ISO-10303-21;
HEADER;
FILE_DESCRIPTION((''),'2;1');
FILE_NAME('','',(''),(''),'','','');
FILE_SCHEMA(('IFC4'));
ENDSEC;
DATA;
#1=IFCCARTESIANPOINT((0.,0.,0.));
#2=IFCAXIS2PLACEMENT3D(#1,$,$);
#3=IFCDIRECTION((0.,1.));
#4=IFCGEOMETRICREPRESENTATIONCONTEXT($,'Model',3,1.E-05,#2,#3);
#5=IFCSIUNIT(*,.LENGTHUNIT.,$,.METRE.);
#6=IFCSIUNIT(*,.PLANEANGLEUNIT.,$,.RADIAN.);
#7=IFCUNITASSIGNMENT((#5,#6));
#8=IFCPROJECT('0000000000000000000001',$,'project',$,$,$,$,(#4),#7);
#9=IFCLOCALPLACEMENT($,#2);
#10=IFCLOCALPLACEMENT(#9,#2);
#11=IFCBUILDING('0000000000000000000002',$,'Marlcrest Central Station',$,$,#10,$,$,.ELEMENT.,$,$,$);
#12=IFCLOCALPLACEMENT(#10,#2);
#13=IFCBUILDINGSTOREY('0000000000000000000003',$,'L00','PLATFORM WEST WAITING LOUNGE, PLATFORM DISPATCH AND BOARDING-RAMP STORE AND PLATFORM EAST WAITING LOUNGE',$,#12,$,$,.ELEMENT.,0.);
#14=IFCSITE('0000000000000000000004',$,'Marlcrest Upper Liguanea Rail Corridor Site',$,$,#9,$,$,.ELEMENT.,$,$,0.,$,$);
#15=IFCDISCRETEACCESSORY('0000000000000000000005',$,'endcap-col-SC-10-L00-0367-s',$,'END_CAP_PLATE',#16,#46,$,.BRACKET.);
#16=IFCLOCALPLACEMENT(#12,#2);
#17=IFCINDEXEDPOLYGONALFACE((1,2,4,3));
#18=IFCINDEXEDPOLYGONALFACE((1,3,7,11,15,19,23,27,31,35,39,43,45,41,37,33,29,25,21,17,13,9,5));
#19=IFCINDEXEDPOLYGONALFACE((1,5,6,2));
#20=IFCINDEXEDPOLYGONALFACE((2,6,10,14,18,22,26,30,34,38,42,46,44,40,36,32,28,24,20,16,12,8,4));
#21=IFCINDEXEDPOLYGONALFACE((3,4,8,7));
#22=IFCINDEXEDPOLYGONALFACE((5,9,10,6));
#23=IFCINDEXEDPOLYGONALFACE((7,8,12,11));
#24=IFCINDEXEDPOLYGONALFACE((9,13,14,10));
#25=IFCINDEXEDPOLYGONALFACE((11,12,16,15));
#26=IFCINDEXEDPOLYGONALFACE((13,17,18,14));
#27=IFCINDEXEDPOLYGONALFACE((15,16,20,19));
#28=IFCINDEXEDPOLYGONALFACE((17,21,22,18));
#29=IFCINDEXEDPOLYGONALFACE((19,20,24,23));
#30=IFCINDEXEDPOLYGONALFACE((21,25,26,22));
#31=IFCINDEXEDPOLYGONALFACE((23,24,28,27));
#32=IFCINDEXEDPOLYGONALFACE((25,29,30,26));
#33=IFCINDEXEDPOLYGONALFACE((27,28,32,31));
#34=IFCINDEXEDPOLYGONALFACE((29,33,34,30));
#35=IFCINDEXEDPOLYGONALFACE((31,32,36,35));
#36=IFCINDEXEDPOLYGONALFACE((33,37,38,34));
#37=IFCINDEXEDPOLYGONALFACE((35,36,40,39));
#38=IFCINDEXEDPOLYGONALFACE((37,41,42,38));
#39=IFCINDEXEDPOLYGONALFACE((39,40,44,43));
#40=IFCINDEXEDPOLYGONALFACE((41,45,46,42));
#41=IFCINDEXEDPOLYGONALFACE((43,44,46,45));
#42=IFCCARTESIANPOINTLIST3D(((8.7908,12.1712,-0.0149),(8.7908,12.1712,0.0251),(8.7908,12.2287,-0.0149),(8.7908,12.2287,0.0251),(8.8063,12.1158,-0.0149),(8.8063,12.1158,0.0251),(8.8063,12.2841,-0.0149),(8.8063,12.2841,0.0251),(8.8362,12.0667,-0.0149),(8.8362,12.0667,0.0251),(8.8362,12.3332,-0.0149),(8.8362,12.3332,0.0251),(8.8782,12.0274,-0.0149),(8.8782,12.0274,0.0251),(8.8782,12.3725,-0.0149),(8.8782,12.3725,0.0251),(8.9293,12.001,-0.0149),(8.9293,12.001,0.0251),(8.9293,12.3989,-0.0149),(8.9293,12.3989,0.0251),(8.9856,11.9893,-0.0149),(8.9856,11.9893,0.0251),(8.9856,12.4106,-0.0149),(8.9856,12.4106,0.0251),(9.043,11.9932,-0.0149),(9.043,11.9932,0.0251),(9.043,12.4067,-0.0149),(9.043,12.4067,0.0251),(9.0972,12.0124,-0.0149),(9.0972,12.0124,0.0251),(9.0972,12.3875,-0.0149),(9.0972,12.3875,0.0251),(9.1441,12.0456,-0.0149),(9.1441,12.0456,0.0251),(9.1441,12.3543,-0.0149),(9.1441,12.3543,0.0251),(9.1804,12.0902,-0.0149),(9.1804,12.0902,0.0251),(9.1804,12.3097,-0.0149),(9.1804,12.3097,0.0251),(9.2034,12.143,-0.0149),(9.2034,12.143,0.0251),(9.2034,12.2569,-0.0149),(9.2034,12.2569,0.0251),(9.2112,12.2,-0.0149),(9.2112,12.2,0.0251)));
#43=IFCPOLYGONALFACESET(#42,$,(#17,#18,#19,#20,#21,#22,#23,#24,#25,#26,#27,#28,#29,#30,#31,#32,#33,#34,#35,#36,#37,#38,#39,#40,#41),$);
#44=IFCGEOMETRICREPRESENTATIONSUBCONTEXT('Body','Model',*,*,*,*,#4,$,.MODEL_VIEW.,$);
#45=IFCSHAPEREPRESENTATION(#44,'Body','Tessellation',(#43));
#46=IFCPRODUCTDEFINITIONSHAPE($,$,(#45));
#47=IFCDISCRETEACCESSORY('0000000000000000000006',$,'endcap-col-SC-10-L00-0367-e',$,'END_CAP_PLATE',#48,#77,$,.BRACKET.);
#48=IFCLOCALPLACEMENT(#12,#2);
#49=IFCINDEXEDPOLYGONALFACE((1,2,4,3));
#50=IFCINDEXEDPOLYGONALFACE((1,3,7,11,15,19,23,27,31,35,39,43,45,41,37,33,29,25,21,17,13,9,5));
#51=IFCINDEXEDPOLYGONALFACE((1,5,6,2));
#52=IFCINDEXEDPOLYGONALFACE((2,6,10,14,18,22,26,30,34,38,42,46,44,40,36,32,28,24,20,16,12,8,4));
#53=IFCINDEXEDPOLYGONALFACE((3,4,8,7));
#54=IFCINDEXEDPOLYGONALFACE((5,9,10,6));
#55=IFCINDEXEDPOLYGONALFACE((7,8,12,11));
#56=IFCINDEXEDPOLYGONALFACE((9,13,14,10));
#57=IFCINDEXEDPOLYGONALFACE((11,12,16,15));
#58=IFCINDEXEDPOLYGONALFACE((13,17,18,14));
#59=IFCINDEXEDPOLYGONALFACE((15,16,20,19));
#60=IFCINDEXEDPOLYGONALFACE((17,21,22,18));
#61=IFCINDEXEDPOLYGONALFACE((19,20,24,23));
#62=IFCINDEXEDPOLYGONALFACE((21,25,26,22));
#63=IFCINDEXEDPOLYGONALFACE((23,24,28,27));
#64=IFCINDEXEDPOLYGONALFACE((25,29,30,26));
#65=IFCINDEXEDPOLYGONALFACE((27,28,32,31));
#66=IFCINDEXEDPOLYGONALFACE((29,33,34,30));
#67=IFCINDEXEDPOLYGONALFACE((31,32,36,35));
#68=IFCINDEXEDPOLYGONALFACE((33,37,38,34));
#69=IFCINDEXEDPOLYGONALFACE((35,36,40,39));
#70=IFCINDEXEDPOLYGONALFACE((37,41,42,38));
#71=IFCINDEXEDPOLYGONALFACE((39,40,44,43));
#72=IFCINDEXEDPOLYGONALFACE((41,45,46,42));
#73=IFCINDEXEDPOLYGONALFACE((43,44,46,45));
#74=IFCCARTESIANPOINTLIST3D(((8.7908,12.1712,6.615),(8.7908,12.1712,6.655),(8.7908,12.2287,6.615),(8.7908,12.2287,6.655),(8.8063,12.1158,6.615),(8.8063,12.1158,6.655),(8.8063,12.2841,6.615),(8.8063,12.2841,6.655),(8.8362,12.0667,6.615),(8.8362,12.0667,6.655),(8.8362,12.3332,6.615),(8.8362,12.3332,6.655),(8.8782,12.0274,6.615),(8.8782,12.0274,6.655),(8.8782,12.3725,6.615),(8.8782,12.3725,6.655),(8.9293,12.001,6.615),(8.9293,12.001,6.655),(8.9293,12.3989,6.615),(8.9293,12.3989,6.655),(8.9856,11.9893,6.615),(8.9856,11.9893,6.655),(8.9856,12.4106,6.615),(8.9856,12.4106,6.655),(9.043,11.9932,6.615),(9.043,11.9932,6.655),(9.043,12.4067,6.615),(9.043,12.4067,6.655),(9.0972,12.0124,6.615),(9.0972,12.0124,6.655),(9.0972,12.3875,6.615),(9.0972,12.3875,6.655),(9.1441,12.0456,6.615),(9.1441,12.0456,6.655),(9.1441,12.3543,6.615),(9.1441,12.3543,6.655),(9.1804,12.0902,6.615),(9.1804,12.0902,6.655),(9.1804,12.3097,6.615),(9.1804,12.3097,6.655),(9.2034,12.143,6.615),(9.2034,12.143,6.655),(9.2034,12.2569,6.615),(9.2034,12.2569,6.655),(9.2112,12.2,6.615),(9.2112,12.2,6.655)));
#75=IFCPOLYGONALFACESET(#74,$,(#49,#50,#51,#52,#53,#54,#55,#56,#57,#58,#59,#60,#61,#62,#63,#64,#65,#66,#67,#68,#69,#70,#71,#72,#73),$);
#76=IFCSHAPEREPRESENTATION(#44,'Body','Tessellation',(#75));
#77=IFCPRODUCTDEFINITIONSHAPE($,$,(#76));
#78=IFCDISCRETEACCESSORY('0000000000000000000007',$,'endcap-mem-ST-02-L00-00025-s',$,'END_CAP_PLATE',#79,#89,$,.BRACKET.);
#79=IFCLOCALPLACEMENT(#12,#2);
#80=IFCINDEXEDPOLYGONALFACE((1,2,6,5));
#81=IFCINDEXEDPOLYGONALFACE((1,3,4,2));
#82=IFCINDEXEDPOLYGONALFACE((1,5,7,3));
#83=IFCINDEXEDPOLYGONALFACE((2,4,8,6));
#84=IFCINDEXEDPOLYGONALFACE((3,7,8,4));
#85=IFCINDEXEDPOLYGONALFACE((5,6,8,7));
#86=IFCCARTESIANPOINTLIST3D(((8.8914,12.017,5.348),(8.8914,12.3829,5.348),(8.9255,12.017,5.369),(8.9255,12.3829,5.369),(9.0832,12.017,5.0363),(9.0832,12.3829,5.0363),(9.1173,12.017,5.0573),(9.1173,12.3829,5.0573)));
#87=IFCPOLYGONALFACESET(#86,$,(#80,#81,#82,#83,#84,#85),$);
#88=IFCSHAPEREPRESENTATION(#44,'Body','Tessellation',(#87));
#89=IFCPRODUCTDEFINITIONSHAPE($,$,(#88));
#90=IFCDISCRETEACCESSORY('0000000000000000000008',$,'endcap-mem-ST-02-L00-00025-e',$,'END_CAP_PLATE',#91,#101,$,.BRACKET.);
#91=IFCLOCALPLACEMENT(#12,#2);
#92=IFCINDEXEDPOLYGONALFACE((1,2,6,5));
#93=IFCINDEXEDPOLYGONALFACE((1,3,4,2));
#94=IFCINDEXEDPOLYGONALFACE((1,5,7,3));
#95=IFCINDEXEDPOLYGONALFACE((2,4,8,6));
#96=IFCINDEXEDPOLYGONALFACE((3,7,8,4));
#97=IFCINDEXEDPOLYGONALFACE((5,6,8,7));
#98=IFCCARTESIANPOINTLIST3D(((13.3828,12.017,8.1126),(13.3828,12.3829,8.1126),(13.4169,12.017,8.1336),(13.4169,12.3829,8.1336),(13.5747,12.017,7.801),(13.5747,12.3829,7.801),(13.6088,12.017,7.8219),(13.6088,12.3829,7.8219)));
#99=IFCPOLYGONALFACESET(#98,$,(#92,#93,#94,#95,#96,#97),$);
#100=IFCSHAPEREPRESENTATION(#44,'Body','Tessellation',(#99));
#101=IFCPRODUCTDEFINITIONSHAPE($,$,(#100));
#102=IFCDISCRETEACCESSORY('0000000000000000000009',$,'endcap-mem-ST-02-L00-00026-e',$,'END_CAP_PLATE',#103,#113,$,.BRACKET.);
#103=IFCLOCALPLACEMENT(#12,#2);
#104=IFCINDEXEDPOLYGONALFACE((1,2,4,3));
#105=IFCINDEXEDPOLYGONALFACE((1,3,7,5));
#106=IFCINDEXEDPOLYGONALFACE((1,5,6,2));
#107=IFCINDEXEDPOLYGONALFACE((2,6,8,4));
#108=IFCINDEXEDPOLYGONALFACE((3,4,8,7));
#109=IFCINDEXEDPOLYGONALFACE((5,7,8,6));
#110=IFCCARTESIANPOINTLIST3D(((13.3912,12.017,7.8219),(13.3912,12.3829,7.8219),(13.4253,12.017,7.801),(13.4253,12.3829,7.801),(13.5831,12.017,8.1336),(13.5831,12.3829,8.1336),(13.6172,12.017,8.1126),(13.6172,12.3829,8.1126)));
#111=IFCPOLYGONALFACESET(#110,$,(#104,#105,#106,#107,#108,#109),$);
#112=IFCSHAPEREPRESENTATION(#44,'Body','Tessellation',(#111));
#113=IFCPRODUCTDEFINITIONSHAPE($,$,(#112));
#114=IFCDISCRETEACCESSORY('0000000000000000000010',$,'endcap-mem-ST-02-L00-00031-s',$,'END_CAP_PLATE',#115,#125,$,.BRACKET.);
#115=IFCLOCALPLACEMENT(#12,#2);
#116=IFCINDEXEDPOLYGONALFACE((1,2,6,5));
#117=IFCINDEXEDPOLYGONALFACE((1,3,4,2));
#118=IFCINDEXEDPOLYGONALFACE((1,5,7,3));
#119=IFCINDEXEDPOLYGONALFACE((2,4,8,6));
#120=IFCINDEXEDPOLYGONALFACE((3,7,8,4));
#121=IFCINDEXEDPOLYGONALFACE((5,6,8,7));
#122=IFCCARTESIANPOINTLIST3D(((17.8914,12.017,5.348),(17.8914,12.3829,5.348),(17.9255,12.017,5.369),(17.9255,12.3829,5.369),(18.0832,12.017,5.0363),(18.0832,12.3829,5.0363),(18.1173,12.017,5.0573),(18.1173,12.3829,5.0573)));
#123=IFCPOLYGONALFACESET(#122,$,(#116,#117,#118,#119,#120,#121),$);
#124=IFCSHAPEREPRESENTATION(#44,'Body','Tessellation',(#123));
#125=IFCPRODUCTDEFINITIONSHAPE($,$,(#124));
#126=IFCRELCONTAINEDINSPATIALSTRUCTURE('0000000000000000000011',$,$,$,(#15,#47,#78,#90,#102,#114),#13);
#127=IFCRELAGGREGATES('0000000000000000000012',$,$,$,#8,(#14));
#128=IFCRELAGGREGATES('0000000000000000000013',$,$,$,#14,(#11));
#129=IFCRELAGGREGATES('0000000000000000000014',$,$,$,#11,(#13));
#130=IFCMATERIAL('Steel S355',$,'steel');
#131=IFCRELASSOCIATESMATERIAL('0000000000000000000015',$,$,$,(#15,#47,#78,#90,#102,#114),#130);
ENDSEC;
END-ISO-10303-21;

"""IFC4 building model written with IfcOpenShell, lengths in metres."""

from ifc_helpers import new_model, si_unit, direction, frame, origin, origin_2d, place, context, subcontext, project, spatial, rectangle, circle, extrude, material, element, save


model = new_model("IFC4")

# Units and contexts
model_context = context("Model", 3, precision=1e-05, world=origin(), true_north=direction((0.0, 1.0)))
body_context = subcontext(model_context, "Body", "Model", "MODEL_VIEW")
ifc_project = project(units=[si_unit("LENGTHUNIT", "METRE"), si_unit("PLANEANGLEUNIT", "RADIAN")], contexts=[model_context])

# Site, building, storey
site_placement = place(None, origin())
site = spatial("IfcSite", under=ifc_project, at=site_placement, Name="Marlcrest Upper Liguanea Rail Corridor Site", CompositionType="ELEMENT", RefElevation=0.0)
building_placement = place(site_placement, origin())
building = spatial("IfcBuilding", under=site, at=building_placement, Name="Marlcrest Central Station", CompositionType="ELEMENT")
storey_placement = place(building_placement, origin())
storey = spatial("IfcBuildingStorey", under=building, at=storey_placement, Name="L00", Description="PLATFORM WEST WAITING LOUNGE, PLATFORM DISPATCH AND BOARDING-RAMP STORE AND PLATFORM EAST WAITING LOUNGE", CompositionType="ELEMENT", Elevation=0.0)

# Shared definitions
ifc_material_1 = material(Name="Steel S355", Category="steel")

# Discrete accessories
for number, where, z_axis, x_axis, name in (
    (1, (9.0, 12.2, -0.0149), (0.0, 0.0, 1.0), (1.0, 0.0, 0.0), "endcap-col-SC-10-L00-0367-s"),
    (2, (9.0, 12.2, 6.615), (0.0, 0.0, 1.0), (1.0, 0.0, 0.0), "endcap-col-SC-10-L00-0367-e"),
):
    element("IfcDiscreteAccessory", number, at=place(storey_placement, frame(where, z_axis=z_axis, x_axis=x_axis)), inside=storey, material=ifc_material_1, Name=name, ObjectType="END_CAP_PLATE", PredefinedType="BRACKET", context=body_context, shape_type="SweptSolid", body=[
        extrude(circle(Radius=0.2112, at=origin_2d()), origin(), (0.0, 0.0, 1.0), 0.04),
    ])
for number, where, z_axis, x_axis, name in (
    (3, (8.9873, 12.2, 5.1921), (0.851592, 0.0, 0.524206), (0.0, 1.0, 0.0), "endcap-mem-ST-02-L00-00025-s"),
    (4, (13.4788, 12.2, 7.9568), (0.851592, 0.0, 0.524206), (0.0, 1.0, 0.0), "endcap-mem-ST-02-L00-00025-e"),
    (5, (13.5212, 12.2, 7.9568), (-0.851592, 0.0, 0.524206), (0.0, -1.0, 0.0), "endcap-mem-ST-02-L00-00026-e"),
    (6, (17.9873, 12.2, 5.1921), (0.851592, 0.0, 0.524206), (0.0, 1.0, 0.0), "endcap-mem-ST-02-L00-00031-s"),
):
    element("IfcDiscreteAccessory", number, at=place(storey_placement, frame(where, z_axis=z_axis, x_axis=x_axis)), inside=storey, material=ifc_material_1, Name=name, ObjectType="END_CAP_PLATE", PredefinedType="BRACKET", context=body_context, shape_type="SweptSolid", body=[
        extrude(rectangle(XDim=0.366, YDim=0.366, at=origin_2d()), origin(), (0.0, 0.0, 1.0), 0.04),
    ])

save(model, "model.ifc")
